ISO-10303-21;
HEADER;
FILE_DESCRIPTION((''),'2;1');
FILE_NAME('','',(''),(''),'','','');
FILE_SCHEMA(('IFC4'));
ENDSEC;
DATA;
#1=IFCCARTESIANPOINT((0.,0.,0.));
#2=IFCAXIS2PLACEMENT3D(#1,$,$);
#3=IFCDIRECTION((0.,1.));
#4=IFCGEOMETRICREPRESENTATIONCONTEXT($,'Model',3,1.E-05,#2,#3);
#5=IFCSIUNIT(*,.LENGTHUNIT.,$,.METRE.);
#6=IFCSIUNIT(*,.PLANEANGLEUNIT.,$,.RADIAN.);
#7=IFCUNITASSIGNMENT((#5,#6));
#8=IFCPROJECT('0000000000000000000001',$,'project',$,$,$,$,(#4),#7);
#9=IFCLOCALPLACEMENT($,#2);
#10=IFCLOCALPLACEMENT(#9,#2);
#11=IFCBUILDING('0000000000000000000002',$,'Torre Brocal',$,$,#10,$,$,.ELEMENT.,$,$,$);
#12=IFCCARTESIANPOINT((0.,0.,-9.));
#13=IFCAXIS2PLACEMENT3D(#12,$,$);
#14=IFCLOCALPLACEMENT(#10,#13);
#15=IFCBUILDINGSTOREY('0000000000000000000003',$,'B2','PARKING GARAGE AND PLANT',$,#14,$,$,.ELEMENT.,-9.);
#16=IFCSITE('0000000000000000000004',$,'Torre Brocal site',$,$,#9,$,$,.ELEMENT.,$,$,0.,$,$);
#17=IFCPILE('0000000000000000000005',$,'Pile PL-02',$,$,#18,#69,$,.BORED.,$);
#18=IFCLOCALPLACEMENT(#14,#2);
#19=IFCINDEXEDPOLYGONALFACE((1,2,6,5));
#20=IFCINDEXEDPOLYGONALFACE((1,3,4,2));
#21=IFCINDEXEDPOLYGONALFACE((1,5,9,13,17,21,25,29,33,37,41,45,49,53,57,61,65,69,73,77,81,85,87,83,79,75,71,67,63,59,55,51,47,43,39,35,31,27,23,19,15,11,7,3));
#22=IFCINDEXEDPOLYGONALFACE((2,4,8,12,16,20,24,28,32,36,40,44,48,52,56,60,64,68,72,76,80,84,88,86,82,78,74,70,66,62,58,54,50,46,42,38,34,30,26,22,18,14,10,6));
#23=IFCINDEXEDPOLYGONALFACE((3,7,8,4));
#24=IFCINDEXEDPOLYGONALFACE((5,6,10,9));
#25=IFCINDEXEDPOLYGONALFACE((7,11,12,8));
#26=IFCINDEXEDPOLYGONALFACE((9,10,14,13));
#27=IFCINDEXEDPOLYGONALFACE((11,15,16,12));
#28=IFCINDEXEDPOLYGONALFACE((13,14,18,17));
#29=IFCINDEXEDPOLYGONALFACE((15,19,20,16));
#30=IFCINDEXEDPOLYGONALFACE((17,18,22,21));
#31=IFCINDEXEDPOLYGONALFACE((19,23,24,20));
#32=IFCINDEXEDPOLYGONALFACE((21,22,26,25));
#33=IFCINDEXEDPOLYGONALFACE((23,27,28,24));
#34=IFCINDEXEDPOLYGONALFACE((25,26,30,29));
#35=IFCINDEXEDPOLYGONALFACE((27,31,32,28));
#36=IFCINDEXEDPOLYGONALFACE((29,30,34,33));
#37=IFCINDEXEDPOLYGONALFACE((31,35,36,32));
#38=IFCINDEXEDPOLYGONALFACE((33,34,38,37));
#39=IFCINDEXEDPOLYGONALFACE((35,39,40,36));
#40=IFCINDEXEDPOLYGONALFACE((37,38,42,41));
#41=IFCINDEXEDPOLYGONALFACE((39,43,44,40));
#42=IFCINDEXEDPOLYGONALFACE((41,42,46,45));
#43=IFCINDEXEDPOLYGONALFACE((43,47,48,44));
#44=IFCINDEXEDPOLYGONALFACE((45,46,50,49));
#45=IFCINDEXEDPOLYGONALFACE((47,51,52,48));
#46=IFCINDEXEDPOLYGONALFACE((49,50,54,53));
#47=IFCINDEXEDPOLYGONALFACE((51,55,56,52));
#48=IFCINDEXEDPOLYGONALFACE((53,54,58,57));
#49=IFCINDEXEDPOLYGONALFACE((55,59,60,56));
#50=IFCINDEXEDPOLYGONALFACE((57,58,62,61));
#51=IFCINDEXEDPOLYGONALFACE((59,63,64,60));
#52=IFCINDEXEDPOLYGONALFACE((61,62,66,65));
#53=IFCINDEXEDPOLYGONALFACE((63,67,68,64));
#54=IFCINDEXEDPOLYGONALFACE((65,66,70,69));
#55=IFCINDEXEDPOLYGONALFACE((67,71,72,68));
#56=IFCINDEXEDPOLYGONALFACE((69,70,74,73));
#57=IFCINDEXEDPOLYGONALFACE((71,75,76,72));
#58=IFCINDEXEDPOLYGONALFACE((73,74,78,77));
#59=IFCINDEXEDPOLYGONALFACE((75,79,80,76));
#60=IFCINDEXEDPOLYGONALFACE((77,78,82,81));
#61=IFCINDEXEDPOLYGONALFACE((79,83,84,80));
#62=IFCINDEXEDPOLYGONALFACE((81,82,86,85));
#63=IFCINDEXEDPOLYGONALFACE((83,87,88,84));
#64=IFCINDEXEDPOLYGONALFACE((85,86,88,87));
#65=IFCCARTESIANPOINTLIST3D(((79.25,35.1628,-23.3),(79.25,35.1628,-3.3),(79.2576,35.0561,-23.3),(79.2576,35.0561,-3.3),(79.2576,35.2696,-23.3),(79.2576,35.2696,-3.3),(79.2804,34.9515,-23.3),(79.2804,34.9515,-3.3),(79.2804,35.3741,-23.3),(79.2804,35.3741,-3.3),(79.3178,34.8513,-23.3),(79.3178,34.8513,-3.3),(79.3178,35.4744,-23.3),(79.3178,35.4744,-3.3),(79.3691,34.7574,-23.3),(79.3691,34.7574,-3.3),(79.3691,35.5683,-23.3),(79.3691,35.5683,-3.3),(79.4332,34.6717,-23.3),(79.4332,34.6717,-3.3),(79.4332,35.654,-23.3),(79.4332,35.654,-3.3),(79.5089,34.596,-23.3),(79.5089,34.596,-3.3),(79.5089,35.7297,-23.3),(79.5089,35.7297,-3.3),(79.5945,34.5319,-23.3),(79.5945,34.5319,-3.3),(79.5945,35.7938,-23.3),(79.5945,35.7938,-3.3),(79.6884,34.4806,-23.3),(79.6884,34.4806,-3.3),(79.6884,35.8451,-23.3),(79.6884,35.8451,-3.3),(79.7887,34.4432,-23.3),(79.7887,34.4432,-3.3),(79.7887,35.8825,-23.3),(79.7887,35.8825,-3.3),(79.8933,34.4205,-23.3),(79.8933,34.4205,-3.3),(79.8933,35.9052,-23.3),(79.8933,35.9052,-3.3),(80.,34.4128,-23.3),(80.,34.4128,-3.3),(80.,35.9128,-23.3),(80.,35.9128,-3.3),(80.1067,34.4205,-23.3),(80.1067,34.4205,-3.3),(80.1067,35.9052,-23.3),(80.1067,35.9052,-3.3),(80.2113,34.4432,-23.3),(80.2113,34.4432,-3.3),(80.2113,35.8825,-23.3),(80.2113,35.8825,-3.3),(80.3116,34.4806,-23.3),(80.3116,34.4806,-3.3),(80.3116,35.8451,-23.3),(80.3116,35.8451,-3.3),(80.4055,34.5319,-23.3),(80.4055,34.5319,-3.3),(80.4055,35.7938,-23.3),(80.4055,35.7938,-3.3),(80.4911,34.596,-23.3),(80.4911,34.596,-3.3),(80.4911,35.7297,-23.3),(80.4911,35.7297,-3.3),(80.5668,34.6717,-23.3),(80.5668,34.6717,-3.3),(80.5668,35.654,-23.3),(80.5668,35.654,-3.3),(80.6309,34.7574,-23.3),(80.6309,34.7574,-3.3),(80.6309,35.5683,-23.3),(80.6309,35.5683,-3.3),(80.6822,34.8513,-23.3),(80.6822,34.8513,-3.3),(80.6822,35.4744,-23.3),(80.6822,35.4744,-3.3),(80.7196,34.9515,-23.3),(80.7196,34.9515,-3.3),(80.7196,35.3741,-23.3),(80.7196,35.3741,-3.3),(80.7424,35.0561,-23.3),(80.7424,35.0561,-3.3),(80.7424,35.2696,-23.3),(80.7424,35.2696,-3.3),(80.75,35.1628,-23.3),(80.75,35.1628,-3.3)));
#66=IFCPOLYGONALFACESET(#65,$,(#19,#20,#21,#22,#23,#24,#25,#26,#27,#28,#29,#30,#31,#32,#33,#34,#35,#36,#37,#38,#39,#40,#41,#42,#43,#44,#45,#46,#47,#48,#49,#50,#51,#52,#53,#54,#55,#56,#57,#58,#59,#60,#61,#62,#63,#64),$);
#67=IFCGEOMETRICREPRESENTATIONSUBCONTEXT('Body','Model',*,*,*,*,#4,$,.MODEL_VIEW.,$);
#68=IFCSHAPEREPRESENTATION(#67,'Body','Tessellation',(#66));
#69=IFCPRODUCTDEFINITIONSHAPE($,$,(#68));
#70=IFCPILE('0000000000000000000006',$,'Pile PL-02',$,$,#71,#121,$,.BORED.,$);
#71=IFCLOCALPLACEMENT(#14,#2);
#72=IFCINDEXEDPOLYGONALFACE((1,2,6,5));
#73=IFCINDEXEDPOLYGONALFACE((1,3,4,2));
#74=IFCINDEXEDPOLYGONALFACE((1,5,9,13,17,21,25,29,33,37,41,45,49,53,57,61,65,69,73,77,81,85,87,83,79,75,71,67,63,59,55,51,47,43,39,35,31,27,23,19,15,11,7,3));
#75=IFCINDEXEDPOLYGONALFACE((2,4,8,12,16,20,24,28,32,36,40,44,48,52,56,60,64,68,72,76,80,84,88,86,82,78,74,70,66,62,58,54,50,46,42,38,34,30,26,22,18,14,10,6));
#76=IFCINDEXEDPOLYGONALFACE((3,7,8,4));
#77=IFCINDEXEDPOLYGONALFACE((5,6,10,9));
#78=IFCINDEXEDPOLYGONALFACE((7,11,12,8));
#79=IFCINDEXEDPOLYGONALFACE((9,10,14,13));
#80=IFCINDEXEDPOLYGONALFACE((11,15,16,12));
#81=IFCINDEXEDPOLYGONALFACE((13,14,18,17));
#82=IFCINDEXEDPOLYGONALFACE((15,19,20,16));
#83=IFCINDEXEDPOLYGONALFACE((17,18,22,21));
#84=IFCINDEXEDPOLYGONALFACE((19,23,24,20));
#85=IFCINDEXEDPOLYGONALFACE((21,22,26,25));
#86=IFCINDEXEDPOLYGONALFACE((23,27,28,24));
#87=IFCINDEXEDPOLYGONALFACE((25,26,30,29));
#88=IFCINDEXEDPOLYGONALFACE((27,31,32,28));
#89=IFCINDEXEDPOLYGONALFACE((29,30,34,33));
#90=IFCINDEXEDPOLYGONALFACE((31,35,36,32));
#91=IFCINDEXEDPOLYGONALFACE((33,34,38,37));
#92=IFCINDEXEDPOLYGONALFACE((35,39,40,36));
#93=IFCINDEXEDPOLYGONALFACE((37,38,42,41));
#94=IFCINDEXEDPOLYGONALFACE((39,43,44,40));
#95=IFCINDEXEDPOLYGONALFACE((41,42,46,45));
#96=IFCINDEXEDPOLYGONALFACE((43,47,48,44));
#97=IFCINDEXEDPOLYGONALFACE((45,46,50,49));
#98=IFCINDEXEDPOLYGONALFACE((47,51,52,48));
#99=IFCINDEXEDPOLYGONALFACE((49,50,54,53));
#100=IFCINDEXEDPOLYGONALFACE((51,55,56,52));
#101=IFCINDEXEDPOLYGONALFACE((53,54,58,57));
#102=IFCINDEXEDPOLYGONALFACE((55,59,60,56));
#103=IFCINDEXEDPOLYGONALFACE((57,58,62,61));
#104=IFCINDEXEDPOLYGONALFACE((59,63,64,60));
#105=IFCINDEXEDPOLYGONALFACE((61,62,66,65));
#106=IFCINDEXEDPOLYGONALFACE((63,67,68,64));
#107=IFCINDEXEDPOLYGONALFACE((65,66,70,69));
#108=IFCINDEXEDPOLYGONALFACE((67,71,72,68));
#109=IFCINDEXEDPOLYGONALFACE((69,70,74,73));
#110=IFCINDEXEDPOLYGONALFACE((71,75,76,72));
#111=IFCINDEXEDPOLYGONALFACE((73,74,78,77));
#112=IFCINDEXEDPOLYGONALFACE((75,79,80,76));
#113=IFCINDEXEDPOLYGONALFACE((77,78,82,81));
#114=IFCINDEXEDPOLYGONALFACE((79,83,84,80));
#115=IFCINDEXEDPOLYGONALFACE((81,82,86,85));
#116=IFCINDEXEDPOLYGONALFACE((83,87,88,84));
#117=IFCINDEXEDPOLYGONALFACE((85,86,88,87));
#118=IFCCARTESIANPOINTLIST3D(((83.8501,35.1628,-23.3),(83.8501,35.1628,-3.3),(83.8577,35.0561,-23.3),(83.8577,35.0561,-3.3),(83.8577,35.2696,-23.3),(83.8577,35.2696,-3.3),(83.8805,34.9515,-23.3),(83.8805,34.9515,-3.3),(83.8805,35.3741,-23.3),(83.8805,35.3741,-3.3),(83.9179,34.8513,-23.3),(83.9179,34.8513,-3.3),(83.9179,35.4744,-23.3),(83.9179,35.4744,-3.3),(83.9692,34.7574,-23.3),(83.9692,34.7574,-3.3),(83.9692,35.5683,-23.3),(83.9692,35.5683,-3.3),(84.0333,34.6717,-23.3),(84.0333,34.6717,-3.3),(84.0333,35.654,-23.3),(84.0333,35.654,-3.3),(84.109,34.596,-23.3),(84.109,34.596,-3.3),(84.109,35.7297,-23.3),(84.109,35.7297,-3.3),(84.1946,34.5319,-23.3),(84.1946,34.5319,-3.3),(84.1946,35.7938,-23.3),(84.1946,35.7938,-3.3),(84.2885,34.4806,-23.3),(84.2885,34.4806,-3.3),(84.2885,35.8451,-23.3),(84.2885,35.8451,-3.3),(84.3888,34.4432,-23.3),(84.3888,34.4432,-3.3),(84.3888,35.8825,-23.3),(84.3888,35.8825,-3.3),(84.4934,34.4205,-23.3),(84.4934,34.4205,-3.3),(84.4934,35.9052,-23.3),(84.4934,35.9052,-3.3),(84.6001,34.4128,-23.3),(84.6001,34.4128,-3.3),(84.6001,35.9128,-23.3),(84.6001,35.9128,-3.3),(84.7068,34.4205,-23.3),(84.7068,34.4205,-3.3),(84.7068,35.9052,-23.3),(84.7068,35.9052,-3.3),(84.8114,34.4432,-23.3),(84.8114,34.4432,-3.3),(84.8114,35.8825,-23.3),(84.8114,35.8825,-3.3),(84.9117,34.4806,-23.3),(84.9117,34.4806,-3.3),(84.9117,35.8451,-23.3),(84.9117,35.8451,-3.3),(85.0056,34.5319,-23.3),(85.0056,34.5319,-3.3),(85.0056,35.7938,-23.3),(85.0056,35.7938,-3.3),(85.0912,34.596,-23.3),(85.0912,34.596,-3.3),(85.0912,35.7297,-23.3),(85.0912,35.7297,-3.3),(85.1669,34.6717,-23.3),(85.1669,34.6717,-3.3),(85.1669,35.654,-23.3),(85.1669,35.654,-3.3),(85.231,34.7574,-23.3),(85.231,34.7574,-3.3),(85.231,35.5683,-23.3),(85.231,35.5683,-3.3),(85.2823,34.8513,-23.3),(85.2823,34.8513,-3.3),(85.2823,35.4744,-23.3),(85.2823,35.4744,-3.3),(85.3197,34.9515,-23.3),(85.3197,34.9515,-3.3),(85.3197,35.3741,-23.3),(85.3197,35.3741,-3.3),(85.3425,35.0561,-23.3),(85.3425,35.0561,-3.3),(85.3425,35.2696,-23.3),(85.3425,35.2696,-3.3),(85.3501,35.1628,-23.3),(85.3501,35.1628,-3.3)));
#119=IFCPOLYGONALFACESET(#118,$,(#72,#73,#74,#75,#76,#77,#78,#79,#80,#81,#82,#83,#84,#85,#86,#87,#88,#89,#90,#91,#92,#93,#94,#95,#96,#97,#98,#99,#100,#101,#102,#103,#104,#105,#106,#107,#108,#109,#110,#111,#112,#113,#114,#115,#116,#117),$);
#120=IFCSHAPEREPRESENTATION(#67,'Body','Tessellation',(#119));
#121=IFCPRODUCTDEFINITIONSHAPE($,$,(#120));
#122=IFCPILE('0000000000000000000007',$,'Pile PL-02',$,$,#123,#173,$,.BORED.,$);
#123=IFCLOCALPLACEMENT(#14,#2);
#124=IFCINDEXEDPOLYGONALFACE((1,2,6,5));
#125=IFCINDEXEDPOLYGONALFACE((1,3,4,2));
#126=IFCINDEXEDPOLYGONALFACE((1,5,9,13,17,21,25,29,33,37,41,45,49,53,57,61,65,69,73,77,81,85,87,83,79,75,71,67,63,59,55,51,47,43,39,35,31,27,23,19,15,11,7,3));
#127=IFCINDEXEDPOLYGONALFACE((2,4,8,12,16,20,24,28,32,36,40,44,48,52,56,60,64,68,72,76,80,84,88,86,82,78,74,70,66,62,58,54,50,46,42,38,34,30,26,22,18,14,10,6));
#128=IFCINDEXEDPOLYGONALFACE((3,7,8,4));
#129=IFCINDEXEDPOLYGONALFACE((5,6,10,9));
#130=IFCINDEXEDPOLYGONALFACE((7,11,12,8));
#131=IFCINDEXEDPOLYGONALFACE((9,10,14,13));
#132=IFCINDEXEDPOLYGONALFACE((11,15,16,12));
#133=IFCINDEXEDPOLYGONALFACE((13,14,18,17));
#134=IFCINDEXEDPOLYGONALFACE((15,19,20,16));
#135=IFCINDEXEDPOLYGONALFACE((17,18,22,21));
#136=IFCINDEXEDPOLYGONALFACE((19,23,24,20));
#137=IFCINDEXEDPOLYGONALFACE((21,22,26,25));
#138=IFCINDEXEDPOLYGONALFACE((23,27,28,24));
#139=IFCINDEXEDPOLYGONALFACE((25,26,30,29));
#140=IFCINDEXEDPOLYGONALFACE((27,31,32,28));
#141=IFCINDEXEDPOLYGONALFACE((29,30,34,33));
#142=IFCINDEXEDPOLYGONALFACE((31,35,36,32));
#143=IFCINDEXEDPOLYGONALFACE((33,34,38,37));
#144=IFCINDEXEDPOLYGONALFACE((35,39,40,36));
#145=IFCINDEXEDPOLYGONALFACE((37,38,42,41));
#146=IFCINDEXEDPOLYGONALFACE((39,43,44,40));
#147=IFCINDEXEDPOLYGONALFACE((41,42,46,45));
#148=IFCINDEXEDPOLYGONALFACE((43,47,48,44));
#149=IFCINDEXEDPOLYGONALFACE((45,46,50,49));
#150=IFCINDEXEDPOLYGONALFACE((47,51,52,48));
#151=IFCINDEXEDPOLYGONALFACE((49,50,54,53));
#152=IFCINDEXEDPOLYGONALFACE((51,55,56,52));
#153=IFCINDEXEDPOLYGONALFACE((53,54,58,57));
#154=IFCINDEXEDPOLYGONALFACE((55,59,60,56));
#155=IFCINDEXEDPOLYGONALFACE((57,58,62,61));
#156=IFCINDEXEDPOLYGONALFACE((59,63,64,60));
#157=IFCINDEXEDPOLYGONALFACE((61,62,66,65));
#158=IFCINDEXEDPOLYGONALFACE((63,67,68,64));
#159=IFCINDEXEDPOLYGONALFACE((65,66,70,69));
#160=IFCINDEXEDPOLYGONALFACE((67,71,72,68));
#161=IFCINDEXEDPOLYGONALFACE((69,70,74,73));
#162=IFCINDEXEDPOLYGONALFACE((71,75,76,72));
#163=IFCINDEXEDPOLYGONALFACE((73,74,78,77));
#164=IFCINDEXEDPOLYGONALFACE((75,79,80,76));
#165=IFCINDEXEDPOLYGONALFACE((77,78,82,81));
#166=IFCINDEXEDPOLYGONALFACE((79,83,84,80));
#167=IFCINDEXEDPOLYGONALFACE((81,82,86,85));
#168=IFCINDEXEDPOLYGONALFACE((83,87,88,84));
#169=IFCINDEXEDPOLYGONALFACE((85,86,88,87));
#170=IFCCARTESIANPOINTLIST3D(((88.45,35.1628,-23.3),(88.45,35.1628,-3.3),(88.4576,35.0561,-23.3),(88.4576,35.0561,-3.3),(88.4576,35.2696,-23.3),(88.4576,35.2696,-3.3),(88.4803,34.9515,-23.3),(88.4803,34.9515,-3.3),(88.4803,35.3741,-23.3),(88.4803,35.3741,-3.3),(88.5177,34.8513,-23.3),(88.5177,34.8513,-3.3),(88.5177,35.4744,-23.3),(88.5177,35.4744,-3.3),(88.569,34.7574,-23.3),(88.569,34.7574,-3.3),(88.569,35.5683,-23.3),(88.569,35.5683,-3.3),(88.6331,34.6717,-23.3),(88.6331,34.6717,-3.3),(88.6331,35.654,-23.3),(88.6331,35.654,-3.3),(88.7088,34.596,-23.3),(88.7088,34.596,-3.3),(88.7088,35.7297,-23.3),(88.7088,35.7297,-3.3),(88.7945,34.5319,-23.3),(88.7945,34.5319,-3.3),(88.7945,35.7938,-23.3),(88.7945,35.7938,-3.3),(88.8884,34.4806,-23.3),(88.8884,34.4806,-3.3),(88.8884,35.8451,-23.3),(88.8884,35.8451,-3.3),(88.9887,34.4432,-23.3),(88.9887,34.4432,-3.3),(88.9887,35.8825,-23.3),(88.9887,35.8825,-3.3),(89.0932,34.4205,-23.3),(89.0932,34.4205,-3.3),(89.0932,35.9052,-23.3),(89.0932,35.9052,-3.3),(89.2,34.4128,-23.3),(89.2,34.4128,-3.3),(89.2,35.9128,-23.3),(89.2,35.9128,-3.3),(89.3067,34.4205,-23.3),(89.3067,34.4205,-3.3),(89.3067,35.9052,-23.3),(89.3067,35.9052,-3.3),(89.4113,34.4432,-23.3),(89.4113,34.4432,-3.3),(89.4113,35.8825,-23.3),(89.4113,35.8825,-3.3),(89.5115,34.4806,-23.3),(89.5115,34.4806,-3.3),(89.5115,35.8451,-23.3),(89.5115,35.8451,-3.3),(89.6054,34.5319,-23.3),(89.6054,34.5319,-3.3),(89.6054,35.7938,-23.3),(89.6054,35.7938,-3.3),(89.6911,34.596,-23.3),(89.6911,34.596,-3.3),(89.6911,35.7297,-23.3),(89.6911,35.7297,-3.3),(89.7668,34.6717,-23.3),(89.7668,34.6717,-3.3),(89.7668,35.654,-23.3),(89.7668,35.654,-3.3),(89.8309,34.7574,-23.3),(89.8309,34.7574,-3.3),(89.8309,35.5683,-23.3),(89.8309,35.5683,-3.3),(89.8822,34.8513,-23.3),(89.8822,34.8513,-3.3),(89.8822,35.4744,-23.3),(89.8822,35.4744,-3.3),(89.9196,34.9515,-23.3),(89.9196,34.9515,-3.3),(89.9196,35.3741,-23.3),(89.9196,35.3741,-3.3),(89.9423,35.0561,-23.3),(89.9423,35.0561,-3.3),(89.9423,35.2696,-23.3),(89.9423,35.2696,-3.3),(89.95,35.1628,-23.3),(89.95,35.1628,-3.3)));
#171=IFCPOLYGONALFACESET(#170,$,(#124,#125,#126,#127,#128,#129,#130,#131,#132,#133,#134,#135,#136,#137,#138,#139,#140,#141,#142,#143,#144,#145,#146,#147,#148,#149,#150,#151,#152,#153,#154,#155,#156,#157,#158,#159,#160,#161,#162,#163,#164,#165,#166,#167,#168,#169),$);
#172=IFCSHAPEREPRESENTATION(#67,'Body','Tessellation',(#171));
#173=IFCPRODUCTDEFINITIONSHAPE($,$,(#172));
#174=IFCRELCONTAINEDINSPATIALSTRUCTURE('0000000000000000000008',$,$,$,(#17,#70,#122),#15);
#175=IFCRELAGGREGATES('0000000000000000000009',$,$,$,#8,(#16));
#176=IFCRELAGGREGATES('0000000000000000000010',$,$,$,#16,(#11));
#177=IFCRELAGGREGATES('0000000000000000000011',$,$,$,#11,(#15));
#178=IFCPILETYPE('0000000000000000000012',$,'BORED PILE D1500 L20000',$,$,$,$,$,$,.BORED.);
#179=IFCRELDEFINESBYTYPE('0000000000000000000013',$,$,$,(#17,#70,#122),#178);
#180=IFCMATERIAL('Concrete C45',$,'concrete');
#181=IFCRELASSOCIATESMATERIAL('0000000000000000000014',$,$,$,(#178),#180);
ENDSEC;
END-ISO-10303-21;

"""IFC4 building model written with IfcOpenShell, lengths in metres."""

from ifc_helpers import new_model, si_unit, direction, frame, origin, origin_2d, place, context, subcontext, project, spatial, circle, extrude, material, material_profile, profile_set, type_object, element, save


model = new_model("IFC4")

# Units and contexts
model_context = context("Model", 3, precision=1e-05, world=origin(), true_north=direction((0.0, 1.0)))
body_context = subcontext(model_context, "Body", "Model", "MODEL_VIEW")
ifc_project = project(units=[si_unit("LENGTHUNIT", "METRE"), si_unit("PLANEANGLEUNIT", "RADIAN")], contexts=[model_context])

# Site, building, storey
site_placement = place(None, origin())
site = spatial("IfcSite", under=ifc_project, at=site_placement, Name="Torre Brocal site", CompositionType="ELEMENT", RefElevation=0.0)
building_placement = place(site_placement, origin())
building = spatial("IfcBuilding", under=site, at=building_placement, Name="Torre Brocal", CompositionType="ELEMENT")
storey_placement = place(building_placement, frame((0.0, 0.0, -9.0)))
storey = spatial("IfcBuildingStorey", under=building, at=storey_placement, Name="B2", Description="PARKING GARAGE AND PLANT", CompositionType="ELEMENT", Elevation=-9.0)

# Piles
ifc_material_1 = material(Name="Concrete C45", Category="concrete")
ifc_material_profile_1 = material_profile(ifc_material_1, circle(Radius=0.75, at=origin_2d()), Name="BORED PILE D1500")
ifc_profile_set_1 = profile_set([ifc_material_profile_1], Name="Concrete C45")
pile_type_1 = type_object("IfcPileType", Name="BORED PILE D1500 L20000", PredefinedType="BORED", material=ifc_profile_set_1)
for number, where, z_axis, x_axis, name in (
    (1, (80.0, 35.1628, -3.3), (0.0, 0.0, -1.0), (1.0, 0.0, 0.0), "Pile PL-02"),
    (2, (84.6001, 35.1628, -3.3), (0.0, 0.0, -1.0), (1.0, 0.0, 0.0), "Pile PL-02"),
    (3, (89.2, 35.1628, -3.3), (0.0, 0.0, -1.0), (1.0, 0.0, 0.0), "Pile PL-02"),
):
    element("IfcPile", number, at=place(storey_placement, frame(where, z_axis=z_axis, x_axis=x_axis)), inside=storey, type_object=pile_type_1, Name=name, PredefinedType="BORED", context=body_context, shape_type="SweptSolid", body=[
        extrude(circle(Radius=0.75, at=origin_2d()), origin(), (0.0, 0.0, 1.0), 20.0),
    ])

save(model, "model.ifc")
